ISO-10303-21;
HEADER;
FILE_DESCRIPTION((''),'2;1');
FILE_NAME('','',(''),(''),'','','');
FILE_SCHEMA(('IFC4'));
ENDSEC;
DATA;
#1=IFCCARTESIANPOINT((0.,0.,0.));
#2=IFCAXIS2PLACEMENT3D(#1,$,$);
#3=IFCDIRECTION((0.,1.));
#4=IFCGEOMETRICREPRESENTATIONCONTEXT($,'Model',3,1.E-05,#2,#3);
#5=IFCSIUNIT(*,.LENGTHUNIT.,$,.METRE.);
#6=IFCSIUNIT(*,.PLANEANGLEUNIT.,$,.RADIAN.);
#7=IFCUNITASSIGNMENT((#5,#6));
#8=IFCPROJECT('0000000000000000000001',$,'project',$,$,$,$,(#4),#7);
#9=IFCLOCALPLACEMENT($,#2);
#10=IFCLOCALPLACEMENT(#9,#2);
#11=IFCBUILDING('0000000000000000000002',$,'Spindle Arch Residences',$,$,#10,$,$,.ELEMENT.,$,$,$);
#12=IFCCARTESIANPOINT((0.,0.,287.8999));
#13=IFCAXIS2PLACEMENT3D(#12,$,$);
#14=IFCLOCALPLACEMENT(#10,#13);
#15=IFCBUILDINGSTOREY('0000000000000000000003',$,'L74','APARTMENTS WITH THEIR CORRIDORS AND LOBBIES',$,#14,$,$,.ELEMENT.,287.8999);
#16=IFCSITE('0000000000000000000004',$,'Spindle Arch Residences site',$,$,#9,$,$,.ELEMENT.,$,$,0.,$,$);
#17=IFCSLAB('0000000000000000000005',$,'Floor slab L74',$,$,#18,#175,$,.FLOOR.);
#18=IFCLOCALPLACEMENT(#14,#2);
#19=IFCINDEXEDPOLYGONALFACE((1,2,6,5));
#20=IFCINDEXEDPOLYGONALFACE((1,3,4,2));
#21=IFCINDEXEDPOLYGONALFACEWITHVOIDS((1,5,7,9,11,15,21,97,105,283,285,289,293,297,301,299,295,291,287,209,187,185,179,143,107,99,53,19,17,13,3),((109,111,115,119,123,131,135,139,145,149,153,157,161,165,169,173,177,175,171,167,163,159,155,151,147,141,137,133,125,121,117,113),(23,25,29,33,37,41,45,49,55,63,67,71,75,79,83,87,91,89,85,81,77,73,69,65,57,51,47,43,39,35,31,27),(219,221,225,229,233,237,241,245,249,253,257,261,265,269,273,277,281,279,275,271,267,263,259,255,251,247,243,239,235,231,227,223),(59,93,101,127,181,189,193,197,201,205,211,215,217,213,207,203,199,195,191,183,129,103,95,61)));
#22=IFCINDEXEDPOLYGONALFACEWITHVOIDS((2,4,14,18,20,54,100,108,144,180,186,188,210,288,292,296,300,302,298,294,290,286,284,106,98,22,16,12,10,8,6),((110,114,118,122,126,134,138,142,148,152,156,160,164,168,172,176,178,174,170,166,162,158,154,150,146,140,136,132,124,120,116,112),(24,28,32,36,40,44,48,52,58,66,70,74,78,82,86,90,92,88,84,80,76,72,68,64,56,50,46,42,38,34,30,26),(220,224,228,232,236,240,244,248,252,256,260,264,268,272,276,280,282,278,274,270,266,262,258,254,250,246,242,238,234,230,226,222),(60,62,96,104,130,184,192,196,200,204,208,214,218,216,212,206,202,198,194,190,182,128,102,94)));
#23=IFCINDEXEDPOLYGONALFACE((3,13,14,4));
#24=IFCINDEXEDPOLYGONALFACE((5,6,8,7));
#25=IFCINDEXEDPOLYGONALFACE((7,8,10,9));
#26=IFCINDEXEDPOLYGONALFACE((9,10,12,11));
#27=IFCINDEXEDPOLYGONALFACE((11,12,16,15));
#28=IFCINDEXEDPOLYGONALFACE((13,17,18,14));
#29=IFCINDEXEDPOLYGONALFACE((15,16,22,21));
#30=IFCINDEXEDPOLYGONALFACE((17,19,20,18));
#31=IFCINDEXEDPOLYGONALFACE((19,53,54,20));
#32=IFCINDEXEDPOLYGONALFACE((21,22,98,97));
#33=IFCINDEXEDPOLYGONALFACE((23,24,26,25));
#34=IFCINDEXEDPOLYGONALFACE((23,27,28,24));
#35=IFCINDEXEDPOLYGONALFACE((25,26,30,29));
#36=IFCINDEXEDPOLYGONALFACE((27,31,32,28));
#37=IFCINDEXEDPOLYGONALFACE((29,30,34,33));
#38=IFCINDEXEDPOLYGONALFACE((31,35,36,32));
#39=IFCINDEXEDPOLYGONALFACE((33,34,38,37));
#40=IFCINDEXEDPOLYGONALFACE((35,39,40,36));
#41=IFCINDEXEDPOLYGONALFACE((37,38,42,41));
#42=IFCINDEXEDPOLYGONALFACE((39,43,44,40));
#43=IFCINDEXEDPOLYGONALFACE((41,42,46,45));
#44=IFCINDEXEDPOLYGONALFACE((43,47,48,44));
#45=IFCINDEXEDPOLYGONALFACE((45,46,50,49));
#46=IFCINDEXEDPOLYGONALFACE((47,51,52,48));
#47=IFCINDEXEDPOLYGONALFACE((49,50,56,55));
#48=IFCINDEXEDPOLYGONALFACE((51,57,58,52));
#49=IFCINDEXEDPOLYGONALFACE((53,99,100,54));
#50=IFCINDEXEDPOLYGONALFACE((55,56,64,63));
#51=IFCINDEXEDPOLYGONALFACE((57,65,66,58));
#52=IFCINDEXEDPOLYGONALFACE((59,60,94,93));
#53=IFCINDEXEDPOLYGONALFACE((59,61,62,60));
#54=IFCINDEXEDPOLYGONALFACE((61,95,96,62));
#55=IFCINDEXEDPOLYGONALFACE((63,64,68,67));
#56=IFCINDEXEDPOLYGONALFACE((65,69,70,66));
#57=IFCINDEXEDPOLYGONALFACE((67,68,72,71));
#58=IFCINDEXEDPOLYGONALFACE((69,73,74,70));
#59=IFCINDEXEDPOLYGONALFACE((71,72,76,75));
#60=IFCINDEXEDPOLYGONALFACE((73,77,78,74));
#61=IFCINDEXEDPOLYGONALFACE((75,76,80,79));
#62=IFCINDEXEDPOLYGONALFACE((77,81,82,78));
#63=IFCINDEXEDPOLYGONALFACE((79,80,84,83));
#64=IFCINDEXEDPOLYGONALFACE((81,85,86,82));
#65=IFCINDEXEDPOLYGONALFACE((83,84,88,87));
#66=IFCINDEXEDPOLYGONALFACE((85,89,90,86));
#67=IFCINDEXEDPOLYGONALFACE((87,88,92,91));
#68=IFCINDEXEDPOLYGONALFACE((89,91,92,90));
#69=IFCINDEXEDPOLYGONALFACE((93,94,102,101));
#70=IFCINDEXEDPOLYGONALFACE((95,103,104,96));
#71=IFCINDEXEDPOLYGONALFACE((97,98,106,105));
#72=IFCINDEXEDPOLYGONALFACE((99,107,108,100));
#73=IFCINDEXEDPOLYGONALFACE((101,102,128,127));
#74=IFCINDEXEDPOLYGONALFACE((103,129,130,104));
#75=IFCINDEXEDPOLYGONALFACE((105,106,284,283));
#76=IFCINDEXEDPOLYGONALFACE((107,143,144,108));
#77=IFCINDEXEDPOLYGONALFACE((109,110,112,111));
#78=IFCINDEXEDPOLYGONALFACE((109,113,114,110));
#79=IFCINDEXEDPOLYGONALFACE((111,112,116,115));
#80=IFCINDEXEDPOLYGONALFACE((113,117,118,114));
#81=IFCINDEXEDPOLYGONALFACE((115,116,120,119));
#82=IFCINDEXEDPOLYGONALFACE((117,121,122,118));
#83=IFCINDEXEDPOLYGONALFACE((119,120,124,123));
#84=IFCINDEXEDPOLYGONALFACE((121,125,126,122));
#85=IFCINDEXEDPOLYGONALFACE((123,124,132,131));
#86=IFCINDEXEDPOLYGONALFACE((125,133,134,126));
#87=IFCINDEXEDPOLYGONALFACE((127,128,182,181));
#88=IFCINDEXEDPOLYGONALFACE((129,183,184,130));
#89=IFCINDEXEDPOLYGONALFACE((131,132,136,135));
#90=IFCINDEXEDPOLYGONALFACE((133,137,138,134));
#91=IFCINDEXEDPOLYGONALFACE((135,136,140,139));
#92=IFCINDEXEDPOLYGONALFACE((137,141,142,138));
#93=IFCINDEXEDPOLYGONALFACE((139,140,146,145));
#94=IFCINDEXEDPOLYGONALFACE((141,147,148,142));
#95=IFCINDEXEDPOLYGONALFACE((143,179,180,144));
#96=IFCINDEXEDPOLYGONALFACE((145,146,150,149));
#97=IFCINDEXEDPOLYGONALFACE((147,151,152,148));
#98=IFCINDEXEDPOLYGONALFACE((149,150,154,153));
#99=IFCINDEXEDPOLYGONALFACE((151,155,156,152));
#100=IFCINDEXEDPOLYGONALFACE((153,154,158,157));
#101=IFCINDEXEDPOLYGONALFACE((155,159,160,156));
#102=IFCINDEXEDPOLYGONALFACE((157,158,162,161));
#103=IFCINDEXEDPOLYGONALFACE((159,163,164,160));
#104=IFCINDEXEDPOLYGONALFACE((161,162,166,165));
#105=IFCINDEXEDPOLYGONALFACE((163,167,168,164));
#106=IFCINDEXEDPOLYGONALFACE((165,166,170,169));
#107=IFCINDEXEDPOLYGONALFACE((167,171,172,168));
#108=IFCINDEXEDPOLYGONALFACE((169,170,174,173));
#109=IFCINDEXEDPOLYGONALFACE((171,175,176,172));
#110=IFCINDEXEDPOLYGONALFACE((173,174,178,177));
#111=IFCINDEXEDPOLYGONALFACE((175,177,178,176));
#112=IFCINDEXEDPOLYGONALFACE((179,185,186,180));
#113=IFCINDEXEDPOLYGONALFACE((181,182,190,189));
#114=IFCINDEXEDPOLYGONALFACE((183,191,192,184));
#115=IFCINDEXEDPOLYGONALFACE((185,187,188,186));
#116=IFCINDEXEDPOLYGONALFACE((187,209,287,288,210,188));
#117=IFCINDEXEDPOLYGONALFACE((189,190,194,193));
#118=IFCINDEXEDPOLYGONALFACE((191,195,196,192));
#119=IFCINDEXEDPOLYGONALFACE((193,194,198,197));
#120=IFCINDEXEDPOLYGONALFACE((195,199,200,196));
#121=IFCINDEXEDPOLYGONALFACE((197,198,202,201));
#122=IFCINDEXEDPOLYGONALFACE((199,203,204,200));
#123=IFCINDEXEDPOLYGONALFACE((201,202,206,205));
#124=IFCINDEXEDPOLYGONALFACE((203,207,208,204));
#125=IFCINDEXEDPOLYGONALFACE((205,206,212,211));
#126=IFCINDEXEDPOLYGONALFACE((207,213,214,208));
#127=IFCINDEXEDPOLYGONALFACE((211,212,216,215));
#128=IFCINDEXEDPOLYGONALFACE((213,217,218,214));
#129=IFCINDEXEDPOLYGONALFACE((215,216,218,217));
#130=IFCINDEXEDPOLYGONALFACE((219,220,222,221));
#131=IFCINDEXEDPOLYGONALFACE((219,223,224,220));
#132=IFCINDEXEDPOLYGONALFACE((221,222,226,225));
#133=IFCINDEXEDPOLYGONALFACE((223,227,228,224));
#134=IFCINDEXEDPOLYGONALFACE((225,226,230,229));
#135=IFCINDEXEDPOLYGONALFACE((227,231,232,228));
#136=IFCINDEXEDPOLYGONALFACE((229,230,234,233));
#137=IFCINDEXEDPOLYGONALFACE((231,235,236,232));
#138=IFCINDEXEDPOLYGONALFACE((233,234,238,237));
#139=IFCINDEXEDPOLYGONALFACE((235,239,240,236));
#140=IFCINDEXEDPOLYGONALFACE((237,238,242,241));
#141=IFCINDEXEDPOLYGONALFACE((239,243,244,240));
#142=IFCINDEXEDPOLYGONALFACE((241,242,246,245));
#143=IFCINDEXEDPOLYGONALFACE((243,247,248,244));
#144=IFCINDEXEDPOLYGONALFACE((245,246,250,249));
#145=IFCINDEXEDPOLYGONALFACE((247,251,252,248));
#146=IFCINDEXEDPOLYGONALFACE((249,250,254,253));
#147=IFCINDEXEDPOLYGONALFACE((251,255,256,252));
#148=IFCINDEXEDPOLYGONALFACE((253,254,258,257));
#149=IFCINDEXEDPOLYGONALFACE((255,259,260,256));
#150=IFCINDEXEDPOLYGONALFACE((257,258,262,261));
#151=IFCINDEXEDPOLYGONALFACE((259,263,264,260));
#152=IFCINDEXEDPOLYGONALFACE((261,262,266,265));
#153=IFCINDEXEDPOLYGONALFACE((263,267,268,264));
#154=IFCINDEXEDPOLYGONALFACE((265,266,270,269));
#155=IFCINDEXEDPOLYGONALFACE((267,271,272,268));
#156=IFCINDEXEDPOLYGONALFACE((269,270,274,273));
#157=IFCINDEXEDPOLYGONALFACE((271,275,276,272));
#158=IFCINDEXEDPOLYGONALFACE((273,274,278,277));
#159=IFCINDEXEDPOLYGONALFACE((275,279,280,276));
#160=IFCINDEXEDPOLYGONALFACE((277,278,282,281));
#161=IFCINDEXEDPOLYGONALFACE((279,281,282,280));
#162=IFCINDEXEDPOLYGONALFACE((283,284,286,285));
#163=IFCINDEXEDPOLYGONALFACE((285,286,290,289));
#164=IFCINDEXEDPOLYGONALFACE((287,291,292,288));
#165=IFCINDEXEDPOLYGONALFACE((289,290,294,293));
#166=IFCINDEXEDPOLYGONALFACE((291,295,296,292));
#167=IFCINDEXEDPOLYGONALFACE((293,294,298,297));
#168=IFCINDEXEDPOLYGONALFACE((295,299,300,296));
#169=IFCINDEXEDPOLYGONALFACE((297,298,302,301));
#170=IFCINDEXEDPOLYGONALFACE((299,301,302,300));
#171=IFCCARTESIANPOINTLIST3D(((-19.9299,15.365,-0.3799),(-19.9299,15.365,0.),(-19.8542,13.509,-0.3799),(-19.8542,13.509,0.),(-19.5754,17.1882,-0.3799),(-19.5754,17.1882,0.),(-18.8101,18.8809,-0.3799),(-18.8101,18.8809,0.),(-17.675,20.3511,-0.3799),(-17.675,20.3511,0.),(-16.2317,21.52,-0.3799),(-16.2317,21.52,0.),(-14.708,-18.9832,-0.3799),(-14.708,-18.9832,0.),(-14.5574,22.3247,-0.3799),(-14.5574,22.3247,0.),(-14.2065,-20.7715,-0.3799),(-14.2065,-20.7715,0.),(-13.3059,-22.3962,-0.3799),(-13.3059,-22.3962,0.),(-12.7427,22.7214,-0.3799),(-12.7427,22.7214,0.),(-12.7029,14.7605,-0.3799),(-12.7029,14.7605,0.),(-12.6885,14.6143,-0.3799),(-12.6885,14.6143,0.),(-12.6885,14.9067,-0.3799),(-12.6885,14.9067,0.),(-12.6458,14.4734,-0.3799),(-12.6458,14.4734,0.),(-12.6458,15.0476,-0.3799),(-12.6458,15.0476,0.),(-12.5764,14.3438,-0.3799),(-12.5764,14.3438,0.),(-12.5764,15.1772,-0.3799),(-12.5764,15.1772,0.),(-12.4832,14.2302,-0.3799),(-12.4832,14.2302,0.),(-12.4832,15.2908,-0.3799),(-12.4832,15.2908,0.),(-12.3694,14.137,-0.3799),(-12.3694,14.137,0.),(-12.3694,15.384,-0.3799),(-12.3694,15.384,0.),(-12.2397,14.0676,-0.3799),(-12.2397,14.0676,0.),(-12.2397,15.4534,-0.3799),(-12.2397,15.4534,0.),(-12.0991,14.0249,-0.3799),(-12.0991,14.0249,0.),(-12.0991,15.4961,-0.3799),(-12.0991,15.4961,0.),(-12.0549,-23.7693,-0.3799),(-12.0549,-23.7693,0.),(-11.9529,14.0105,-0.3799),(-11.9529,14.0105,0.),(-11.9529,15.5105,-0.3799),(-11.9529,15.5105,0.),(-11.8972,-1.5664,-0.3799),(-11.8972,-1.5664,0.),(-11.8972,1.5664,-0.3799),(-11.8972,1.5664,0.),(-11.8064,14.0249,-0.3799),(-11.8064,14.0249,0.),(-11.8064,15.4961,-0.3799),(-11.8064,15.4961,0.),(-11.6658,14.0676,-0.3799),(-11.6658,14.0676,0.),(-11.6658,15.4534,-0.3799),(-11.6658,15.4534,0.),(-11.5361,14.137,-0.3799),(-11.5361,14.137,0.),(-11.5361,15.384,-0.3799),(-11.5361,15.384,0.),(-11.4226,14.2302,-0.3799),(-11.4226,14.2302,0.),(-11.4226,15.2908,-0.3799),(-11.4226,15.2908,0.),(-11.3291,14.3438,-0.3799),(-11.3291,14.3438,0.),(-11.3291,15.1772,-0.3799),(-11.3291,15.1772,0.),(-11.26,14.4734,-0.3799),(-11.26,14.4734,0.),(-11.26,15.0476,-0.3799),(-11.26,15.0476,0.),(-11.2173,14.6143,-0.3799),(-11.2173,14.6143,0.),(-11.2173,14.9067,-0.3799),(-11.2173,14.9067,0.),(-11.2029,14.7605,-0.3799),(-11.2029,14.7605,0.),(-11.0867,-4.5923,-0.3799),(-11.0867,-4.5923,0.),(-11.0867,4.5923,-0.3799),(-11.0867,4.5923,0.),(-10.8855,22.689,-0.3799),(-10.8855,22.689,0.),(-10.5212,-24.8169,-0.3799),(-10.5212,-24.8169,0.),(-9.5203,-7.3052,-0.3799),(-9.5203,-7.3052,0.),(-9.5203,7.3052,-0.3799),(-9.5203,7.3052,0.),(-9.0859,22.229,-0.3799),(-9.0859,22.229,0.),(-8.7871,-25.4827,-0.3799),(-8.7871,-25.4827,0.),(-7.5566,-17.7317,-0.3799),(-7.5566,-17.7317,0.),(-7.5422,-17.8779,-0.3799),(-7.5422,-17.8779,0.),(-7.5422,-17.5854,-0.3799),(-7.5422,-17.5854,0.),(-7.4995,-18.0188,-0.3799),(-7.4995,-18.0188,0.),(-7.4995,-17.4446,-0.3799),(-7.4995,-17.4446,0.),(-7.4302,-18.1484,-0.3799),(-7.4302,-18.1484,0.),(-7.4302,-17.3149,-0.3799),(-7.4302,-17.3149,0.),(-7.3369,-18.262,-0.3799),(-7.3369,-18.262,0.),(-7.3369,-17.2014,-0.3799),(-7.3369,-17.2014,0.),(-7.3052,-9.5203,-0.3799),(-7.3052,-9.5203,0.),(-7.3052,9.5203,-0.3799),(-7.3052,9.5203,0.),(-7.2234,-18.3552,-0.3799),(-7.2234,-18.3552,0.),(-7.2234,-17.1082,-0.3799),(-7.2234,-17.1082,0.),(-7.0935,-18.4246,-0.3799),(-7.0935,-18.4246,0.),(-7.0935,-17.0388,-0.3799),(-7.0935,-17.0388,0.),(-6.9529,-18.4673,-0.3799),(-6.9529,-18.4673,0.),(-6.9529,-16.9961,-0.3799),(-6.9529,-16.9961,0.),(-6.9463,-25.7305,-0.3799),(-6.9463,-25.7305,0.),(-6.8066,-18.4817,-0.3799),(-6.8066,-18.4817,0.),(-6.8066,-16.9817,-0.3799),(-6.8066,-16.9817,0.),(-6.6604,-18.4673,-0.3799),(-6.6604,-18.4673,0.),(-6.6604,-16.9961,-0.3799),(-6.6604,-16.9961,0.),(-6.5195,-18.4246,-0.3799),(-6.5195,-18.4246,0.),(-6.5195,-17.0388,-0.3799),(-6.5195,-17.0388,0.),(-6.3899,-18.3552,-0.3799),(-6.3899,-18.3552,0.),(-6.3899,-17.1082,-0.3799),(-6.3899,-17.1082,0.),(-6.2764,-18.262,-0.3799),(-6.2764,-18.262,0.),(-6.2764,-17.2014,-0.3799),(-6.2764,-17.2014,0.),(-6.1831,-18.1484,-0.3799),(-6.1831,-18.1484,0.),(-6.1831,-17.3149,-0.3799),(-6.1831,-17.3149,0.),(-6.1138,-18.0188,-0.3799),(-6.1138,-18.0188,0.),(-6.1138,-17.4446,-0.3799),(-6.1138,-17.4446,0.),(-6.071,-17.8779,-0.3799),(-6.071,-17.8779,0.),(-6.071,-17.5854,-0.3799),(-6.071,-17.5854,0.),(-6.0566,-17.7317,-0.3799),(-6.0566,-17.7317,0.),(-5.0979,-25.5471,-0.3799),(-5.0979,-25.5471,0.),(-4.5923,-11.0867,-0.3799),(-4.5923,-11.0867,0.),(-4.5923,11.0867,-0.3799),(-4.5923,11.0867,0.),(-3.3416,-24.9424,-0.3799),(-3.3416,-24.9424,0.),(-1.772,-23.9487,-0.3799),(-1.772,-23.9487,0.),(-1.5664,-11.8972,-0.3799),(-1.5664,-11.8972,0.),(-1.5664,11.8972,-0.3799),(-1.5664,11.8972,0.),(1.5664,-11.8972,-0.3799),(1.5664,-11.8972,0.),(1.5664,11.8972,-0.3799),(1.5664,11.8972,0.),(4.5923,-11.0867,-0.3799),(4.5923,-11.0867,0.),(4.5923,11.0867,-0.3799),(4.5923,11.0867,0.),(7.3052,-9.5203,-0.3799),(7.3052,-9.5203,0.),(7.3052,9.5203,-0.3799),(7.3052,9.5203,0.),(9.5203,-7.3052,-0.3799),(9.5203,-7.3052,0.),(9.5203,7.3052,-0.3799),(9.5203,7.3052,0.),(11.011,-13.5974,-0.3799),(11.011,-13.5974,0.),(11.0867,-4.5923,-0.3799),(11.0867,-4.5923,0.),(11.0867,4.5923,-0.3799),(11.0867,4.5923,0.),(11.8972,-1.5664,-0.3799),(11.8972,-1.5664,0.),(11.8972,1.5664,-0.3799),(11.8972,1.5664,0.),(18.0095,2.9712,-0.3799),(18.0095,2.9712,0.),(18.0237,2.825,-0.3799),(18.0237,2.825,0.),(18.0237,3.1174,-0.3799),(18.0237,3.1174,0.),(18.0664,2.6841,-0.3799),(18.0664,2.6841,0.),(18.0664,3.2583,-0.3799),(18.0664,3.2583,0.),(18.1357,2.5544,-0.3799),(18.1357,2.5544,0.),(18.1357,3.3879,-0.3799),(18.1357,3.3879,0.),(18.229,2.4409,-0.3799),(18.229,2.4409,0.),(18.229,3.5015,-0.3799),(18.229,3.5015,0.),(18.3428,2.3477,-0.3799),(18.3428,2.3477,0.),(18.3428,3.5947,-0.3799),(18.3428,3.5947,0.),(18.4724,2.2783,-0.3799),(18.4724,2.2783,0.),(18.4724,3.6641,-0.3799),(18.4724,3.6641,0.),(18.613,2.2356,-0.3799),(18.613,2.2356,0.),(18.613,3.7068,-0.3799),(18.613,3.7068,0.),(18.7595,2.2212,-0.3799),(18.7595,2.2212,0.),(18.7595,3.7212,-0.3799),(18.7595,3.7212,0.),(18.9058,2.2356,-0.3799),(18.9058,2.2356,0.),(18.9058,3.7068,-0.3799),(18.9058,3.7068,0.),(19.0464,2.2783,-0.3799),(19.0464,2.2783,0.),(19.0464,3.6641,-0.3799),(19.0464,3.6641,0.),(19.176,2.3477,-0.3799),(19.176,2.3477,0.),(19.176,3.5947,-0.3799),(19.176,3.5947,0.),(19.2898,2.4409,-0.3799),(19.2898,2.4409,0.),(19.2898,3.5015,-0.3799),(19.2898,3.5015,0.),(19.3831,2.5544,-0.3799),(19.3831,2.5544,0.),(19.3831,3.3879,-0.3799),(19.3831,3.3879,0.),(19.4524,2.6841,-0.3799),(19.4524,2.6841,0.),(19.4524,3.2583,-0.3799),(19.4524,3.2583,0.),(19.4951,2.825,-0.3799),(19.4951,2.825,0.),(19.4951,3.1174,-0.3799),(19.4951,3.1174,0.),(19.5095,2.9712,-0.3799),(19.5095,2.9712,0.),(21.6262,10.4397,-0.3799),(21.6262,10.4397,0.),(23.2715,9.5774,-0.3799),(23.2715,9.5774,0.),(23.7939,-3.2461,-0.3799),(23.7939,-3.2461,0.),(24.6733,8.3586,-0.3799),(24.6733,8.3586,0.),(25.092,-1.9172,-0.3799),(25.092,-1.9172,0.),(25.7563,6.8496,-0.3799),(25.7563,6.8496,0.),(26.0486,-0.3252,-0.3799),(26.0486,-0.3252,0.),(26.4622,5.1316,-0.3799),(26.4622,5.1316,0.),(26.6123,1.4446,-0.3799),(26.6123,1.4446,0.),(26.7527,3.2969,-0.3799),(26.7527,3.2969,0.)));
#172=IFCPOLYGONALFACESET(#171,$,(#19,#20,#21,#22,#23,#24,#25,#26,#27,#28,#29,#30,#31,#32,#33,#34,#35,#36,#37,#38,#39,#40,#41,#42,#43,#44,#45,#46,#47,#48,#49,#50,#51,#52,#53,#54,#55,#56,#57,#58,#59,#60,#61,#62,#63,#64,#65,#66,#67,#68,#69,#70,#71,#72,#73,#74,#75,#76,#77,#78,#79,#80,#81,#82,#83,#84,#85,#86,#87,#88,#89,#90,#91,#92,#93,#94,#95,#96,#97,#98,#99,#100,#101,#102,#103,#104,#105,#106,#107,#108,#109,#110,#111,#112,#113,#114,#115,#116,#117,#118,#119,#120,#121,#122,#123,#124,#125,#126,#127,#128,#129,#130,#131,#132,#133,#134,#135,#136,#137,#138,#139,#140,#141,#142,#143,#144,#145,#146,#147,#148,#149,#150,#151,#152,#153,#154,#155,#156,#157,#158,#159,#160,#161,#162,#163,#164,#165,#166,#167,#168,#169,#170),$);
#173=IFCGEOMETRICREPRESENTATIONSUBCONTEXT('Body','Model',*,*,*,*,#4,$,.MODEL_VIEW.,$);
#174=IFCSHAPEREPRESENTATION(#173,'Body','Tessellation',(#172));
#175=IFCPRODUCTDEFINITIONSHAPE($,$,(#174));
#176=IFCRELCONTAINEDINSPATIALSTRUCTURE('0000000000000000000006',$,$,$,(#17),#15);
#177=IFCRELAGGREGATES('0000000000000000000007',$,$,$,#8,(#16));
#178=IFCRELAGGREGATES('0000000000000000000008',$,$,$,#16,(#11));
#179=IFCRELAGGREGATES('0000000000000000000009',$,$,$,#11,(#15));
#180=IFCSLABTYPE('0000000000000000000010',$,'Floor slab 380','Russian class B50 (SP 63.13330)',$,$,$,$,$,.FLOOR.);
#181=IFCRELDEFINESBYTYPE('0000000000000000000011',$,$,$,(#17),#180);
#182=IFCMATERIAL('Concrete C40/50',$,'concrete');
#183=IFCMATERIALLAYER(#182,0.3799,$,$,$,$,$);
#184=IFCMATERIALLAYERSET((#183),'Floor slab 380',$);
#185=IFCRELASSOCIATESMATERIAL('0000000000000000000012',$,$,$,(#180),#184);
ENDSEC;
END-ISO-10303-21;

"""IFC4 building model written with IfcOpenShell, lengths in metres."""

from ifc_helpers import new_model, si_unit, direction, frame, origin, place, context, subcontext, project, spatial, polyline, outline, extrude, material, layer, layer_set, type_object, element, save


model = new_model("IFC4")

# Units and contexts
model_context = context("Model", 3, precision=1e-05, world=origin(), true_north=direction((0.0, 1.0)))
body_context = subcontext(model_context, "Body", "Model", "MODEL_VIEW")
ifc_project = project(units=[si_unit("LENGTHUNIT", "METRE"), si_unit("PLANEANGLEUNIT", "RADIAN")], contexts=[model_context])

# Site, building, storey
site_placement = place(None, origin())
site = spatial("IfcSite", under=ifc_project, at=site_placement, Name="Spindle Arch Residences site", CompositionType="ELEMENT", RefElevation=0.0)
building_placement = place(site_placement, origin())
building = spatial("IfcBuilding", under=site, at=building_placement, Name="Spindle Arch Residences", CompositionType="ELEMENT")
storey_placement = place(building_placement, frame((0.0, 0.0, 287.8999)))
storey = spatial("IfcBuildingStorey", under=building, at=storey_placement, Name="L74", Description="APARTMENTS WITH THEIR CORRIDORS AND LOBBIES", CompositionType="ELEMENT", Elevation=287.8999)

# Slab
ifc_material_1 = material(Name="Concrete C40/50", Category="concrete")
ifc_layer_1 = layer(ifc_material_1, 0.3799)
ifc_layer_set_1 = layer_set([ifc_layer_1], Name="Floor slab 380")
slab_type_1 = type_object("IfcSlabType", Name="Floor slab 380", Description="Russian class B50 (SP 63.13330)", PredefinedType="FLOOR", material=ifc_layer_set_1)
slab_1_placement = place(storey_placement, frame((0.0, 0.0, -0.3799)))
element("IfcSlab", 1, at=slab_1_placement, inside=storey, type_object=slab_type_1, Name="Floor slab L74", PredefinedType="FLOOR", context=body_context, shape_type="SweptSolid", body=[
    extrude(outline(polyline([(-3.3416, -24.9424), (-5.0979, -25.5471), (-6.9463, -25.7305), (-8.7871, -25.4827), (-10.5212, -24.8169), (-12.0549, -23.7693), (-13.3059, -22.3962), (-14.2065, -20.7715), (-14.708, -18.9832), (-19.8542, 13.509), (-19.9299, 15.365), (-19.5754, 17.1882), (-18.8101, 18.8809), (-17.675, 20.3511), (-16.2317, 21.52), (-14.5574, 22.3247), (-12.7427, 22.7214), (-10.8855, 22.689), (-9.0859, 22.229), (21.6262, 10.4397), (23.2715, 9.5774), (24.6733, 8.3586), (25.7563, 6.8496), (26.4622, 5.1316), (26.7527, 3.2969), (26.6123, 1.4446), (26.0486, -0.3252), (25.092, -1.9172), (23.7939, -3.2461), (11.011, -13.5974), (-1.772, -23.9487), (-3.3416, -24.9424)]), holes=[polyline([(7.3052, -9.5203), (9.5203, -7.3052), (11.0867, -4.5923), (11.8972, -1.5664), (11.8972, 1.5664), (11.0867, 4.5923), (9.5203, 7.3052), (7.3052, 9.5203), (4.5923, 11.0867), (1.5664, 11.8972), (-1.5664, 11.8972), (-4.5923, 11.0867), (-7.3052, 9.5203), (-9.5203, 7.3052), (-11.0867, 4.5923), (-11.8972, 1.5664), (-11.8972, -1.5664), (-11.0867, -4.5923), (-9.5203, -7.3052), (-7.3052, -9.5203), (-4.5923, -11.0867), (-1.5664, -11.8972), (1.5664, -11.8972), (4.5923, -11.0867), (7.3052, -9.5203)]), polyline([(-6.2764, -18.262), (-6.1831, -18.1484), (-6.1138, -18.0188), (-6.071, -17.8779), (-6.0566, -17.7317), (-6.071, -17.5854), (-6.1138, -17.4446), (-6.1831, -17.3149), (-6.2764, -17.2014), (-6.3899, -17.1082), (-6.5195, -17.0388), (-6.6604, -16.9961), (-6.8066, -16.9817), (-6.9529, -16.9961), (-7.0935, -17.0388), (-7.2234, -17.1082), (-7.3369, -17.2014), (-7.4302, -17.3149), (-7.4995, -17.4446), (-7.5422, -17.5854), (-7.5566, -17.7317), (-7.5422, -17.8779), (-7.4995, -18.0188), (-7.4302, -18.1484), (-7.3369, -18.262), (-7.2234, -18.3552), (-7.0935, -18.4246), (-6.9529, -18.4673), (-6.8066, -18.4817), (-6.6604, -18.4673), (-6.5195, -18.4246), (-6.3899, -18.3552), (-6.2764, -18.262)]), polyline([(-11.3291, 14.3438), (-11.26, 14.4734), (-11.2173, 14.6143), (-11.2029, 14.7605), (-11.2173, 14.9067), (-11.26, 15.0476), (-11.3291, 15.1772), (-11.4226, 15.2908), (-11.5361, 15.384), (-11.6658, 15.4534), (-11.8064, 15.4961), (-11.9529, 15.5105), (-12.0991, 15.4961), (-12.2397, 15.4534), (-12.3694, 15.384), (-12.4832, 15.2908), (-12.5764, 15.1772), (-12.6458, 15.0476), (-12.6885, 14.9067), (-12.7029, 14.7605), (-12.6885, 14.6143), (-12.6458, 14.4734), (-12.5764, 14.3438), (-12.4832, 14.2302), (-12.3694, 14.137), (-12.2397, 14.0676), (-12.0991, 14.0249), (-11.9529, 14.0105), (-11.8064, 14.0249), (-11.6658, 14.0676), (-11.5361, 14.137), (-11.4226, 14.2302), (-11.3291, 14.3438)]), polyline([(19.3831, 2.5544), (19.4524, 2.6841), (19.4951, 2.825), (19.5095, 2.9712), (19.4951, 3.1174), (19.4524, 3.2583), (19.3831, 3.3879), (19.2898, 3.5015), (19.176, 3.5947), (19.0464, 3.6641), (18.9058, 3.7068), (18.7595, 3.7212), (18.613, 3.7068), (18.4724, 3.6641), (18.3428, 3.5947), (18.229, 3.5015), (18.1357, 3.3879), (18.0664, 3.2583), (18.0237, 3.1174), (18.0095, 2.9712), (18.0237, 2.825), (18.0664, 2.6841), (18.1357, 2.5544), (18.229, 2.4409), (18.3428, 2.3477), (18.4724, 2.2783), (18.613, 2.2356), (18.7595, 2.2212), (18.9058, 2.2356), (19.0464, 2.2783), (19.176, 2.3477), (19.2898, 2.4409), (19.3831, 2.5544)])]), origin(), (0.0, 0.0, 1.0), 0.3799),
])

save(model, "model.ifc")
